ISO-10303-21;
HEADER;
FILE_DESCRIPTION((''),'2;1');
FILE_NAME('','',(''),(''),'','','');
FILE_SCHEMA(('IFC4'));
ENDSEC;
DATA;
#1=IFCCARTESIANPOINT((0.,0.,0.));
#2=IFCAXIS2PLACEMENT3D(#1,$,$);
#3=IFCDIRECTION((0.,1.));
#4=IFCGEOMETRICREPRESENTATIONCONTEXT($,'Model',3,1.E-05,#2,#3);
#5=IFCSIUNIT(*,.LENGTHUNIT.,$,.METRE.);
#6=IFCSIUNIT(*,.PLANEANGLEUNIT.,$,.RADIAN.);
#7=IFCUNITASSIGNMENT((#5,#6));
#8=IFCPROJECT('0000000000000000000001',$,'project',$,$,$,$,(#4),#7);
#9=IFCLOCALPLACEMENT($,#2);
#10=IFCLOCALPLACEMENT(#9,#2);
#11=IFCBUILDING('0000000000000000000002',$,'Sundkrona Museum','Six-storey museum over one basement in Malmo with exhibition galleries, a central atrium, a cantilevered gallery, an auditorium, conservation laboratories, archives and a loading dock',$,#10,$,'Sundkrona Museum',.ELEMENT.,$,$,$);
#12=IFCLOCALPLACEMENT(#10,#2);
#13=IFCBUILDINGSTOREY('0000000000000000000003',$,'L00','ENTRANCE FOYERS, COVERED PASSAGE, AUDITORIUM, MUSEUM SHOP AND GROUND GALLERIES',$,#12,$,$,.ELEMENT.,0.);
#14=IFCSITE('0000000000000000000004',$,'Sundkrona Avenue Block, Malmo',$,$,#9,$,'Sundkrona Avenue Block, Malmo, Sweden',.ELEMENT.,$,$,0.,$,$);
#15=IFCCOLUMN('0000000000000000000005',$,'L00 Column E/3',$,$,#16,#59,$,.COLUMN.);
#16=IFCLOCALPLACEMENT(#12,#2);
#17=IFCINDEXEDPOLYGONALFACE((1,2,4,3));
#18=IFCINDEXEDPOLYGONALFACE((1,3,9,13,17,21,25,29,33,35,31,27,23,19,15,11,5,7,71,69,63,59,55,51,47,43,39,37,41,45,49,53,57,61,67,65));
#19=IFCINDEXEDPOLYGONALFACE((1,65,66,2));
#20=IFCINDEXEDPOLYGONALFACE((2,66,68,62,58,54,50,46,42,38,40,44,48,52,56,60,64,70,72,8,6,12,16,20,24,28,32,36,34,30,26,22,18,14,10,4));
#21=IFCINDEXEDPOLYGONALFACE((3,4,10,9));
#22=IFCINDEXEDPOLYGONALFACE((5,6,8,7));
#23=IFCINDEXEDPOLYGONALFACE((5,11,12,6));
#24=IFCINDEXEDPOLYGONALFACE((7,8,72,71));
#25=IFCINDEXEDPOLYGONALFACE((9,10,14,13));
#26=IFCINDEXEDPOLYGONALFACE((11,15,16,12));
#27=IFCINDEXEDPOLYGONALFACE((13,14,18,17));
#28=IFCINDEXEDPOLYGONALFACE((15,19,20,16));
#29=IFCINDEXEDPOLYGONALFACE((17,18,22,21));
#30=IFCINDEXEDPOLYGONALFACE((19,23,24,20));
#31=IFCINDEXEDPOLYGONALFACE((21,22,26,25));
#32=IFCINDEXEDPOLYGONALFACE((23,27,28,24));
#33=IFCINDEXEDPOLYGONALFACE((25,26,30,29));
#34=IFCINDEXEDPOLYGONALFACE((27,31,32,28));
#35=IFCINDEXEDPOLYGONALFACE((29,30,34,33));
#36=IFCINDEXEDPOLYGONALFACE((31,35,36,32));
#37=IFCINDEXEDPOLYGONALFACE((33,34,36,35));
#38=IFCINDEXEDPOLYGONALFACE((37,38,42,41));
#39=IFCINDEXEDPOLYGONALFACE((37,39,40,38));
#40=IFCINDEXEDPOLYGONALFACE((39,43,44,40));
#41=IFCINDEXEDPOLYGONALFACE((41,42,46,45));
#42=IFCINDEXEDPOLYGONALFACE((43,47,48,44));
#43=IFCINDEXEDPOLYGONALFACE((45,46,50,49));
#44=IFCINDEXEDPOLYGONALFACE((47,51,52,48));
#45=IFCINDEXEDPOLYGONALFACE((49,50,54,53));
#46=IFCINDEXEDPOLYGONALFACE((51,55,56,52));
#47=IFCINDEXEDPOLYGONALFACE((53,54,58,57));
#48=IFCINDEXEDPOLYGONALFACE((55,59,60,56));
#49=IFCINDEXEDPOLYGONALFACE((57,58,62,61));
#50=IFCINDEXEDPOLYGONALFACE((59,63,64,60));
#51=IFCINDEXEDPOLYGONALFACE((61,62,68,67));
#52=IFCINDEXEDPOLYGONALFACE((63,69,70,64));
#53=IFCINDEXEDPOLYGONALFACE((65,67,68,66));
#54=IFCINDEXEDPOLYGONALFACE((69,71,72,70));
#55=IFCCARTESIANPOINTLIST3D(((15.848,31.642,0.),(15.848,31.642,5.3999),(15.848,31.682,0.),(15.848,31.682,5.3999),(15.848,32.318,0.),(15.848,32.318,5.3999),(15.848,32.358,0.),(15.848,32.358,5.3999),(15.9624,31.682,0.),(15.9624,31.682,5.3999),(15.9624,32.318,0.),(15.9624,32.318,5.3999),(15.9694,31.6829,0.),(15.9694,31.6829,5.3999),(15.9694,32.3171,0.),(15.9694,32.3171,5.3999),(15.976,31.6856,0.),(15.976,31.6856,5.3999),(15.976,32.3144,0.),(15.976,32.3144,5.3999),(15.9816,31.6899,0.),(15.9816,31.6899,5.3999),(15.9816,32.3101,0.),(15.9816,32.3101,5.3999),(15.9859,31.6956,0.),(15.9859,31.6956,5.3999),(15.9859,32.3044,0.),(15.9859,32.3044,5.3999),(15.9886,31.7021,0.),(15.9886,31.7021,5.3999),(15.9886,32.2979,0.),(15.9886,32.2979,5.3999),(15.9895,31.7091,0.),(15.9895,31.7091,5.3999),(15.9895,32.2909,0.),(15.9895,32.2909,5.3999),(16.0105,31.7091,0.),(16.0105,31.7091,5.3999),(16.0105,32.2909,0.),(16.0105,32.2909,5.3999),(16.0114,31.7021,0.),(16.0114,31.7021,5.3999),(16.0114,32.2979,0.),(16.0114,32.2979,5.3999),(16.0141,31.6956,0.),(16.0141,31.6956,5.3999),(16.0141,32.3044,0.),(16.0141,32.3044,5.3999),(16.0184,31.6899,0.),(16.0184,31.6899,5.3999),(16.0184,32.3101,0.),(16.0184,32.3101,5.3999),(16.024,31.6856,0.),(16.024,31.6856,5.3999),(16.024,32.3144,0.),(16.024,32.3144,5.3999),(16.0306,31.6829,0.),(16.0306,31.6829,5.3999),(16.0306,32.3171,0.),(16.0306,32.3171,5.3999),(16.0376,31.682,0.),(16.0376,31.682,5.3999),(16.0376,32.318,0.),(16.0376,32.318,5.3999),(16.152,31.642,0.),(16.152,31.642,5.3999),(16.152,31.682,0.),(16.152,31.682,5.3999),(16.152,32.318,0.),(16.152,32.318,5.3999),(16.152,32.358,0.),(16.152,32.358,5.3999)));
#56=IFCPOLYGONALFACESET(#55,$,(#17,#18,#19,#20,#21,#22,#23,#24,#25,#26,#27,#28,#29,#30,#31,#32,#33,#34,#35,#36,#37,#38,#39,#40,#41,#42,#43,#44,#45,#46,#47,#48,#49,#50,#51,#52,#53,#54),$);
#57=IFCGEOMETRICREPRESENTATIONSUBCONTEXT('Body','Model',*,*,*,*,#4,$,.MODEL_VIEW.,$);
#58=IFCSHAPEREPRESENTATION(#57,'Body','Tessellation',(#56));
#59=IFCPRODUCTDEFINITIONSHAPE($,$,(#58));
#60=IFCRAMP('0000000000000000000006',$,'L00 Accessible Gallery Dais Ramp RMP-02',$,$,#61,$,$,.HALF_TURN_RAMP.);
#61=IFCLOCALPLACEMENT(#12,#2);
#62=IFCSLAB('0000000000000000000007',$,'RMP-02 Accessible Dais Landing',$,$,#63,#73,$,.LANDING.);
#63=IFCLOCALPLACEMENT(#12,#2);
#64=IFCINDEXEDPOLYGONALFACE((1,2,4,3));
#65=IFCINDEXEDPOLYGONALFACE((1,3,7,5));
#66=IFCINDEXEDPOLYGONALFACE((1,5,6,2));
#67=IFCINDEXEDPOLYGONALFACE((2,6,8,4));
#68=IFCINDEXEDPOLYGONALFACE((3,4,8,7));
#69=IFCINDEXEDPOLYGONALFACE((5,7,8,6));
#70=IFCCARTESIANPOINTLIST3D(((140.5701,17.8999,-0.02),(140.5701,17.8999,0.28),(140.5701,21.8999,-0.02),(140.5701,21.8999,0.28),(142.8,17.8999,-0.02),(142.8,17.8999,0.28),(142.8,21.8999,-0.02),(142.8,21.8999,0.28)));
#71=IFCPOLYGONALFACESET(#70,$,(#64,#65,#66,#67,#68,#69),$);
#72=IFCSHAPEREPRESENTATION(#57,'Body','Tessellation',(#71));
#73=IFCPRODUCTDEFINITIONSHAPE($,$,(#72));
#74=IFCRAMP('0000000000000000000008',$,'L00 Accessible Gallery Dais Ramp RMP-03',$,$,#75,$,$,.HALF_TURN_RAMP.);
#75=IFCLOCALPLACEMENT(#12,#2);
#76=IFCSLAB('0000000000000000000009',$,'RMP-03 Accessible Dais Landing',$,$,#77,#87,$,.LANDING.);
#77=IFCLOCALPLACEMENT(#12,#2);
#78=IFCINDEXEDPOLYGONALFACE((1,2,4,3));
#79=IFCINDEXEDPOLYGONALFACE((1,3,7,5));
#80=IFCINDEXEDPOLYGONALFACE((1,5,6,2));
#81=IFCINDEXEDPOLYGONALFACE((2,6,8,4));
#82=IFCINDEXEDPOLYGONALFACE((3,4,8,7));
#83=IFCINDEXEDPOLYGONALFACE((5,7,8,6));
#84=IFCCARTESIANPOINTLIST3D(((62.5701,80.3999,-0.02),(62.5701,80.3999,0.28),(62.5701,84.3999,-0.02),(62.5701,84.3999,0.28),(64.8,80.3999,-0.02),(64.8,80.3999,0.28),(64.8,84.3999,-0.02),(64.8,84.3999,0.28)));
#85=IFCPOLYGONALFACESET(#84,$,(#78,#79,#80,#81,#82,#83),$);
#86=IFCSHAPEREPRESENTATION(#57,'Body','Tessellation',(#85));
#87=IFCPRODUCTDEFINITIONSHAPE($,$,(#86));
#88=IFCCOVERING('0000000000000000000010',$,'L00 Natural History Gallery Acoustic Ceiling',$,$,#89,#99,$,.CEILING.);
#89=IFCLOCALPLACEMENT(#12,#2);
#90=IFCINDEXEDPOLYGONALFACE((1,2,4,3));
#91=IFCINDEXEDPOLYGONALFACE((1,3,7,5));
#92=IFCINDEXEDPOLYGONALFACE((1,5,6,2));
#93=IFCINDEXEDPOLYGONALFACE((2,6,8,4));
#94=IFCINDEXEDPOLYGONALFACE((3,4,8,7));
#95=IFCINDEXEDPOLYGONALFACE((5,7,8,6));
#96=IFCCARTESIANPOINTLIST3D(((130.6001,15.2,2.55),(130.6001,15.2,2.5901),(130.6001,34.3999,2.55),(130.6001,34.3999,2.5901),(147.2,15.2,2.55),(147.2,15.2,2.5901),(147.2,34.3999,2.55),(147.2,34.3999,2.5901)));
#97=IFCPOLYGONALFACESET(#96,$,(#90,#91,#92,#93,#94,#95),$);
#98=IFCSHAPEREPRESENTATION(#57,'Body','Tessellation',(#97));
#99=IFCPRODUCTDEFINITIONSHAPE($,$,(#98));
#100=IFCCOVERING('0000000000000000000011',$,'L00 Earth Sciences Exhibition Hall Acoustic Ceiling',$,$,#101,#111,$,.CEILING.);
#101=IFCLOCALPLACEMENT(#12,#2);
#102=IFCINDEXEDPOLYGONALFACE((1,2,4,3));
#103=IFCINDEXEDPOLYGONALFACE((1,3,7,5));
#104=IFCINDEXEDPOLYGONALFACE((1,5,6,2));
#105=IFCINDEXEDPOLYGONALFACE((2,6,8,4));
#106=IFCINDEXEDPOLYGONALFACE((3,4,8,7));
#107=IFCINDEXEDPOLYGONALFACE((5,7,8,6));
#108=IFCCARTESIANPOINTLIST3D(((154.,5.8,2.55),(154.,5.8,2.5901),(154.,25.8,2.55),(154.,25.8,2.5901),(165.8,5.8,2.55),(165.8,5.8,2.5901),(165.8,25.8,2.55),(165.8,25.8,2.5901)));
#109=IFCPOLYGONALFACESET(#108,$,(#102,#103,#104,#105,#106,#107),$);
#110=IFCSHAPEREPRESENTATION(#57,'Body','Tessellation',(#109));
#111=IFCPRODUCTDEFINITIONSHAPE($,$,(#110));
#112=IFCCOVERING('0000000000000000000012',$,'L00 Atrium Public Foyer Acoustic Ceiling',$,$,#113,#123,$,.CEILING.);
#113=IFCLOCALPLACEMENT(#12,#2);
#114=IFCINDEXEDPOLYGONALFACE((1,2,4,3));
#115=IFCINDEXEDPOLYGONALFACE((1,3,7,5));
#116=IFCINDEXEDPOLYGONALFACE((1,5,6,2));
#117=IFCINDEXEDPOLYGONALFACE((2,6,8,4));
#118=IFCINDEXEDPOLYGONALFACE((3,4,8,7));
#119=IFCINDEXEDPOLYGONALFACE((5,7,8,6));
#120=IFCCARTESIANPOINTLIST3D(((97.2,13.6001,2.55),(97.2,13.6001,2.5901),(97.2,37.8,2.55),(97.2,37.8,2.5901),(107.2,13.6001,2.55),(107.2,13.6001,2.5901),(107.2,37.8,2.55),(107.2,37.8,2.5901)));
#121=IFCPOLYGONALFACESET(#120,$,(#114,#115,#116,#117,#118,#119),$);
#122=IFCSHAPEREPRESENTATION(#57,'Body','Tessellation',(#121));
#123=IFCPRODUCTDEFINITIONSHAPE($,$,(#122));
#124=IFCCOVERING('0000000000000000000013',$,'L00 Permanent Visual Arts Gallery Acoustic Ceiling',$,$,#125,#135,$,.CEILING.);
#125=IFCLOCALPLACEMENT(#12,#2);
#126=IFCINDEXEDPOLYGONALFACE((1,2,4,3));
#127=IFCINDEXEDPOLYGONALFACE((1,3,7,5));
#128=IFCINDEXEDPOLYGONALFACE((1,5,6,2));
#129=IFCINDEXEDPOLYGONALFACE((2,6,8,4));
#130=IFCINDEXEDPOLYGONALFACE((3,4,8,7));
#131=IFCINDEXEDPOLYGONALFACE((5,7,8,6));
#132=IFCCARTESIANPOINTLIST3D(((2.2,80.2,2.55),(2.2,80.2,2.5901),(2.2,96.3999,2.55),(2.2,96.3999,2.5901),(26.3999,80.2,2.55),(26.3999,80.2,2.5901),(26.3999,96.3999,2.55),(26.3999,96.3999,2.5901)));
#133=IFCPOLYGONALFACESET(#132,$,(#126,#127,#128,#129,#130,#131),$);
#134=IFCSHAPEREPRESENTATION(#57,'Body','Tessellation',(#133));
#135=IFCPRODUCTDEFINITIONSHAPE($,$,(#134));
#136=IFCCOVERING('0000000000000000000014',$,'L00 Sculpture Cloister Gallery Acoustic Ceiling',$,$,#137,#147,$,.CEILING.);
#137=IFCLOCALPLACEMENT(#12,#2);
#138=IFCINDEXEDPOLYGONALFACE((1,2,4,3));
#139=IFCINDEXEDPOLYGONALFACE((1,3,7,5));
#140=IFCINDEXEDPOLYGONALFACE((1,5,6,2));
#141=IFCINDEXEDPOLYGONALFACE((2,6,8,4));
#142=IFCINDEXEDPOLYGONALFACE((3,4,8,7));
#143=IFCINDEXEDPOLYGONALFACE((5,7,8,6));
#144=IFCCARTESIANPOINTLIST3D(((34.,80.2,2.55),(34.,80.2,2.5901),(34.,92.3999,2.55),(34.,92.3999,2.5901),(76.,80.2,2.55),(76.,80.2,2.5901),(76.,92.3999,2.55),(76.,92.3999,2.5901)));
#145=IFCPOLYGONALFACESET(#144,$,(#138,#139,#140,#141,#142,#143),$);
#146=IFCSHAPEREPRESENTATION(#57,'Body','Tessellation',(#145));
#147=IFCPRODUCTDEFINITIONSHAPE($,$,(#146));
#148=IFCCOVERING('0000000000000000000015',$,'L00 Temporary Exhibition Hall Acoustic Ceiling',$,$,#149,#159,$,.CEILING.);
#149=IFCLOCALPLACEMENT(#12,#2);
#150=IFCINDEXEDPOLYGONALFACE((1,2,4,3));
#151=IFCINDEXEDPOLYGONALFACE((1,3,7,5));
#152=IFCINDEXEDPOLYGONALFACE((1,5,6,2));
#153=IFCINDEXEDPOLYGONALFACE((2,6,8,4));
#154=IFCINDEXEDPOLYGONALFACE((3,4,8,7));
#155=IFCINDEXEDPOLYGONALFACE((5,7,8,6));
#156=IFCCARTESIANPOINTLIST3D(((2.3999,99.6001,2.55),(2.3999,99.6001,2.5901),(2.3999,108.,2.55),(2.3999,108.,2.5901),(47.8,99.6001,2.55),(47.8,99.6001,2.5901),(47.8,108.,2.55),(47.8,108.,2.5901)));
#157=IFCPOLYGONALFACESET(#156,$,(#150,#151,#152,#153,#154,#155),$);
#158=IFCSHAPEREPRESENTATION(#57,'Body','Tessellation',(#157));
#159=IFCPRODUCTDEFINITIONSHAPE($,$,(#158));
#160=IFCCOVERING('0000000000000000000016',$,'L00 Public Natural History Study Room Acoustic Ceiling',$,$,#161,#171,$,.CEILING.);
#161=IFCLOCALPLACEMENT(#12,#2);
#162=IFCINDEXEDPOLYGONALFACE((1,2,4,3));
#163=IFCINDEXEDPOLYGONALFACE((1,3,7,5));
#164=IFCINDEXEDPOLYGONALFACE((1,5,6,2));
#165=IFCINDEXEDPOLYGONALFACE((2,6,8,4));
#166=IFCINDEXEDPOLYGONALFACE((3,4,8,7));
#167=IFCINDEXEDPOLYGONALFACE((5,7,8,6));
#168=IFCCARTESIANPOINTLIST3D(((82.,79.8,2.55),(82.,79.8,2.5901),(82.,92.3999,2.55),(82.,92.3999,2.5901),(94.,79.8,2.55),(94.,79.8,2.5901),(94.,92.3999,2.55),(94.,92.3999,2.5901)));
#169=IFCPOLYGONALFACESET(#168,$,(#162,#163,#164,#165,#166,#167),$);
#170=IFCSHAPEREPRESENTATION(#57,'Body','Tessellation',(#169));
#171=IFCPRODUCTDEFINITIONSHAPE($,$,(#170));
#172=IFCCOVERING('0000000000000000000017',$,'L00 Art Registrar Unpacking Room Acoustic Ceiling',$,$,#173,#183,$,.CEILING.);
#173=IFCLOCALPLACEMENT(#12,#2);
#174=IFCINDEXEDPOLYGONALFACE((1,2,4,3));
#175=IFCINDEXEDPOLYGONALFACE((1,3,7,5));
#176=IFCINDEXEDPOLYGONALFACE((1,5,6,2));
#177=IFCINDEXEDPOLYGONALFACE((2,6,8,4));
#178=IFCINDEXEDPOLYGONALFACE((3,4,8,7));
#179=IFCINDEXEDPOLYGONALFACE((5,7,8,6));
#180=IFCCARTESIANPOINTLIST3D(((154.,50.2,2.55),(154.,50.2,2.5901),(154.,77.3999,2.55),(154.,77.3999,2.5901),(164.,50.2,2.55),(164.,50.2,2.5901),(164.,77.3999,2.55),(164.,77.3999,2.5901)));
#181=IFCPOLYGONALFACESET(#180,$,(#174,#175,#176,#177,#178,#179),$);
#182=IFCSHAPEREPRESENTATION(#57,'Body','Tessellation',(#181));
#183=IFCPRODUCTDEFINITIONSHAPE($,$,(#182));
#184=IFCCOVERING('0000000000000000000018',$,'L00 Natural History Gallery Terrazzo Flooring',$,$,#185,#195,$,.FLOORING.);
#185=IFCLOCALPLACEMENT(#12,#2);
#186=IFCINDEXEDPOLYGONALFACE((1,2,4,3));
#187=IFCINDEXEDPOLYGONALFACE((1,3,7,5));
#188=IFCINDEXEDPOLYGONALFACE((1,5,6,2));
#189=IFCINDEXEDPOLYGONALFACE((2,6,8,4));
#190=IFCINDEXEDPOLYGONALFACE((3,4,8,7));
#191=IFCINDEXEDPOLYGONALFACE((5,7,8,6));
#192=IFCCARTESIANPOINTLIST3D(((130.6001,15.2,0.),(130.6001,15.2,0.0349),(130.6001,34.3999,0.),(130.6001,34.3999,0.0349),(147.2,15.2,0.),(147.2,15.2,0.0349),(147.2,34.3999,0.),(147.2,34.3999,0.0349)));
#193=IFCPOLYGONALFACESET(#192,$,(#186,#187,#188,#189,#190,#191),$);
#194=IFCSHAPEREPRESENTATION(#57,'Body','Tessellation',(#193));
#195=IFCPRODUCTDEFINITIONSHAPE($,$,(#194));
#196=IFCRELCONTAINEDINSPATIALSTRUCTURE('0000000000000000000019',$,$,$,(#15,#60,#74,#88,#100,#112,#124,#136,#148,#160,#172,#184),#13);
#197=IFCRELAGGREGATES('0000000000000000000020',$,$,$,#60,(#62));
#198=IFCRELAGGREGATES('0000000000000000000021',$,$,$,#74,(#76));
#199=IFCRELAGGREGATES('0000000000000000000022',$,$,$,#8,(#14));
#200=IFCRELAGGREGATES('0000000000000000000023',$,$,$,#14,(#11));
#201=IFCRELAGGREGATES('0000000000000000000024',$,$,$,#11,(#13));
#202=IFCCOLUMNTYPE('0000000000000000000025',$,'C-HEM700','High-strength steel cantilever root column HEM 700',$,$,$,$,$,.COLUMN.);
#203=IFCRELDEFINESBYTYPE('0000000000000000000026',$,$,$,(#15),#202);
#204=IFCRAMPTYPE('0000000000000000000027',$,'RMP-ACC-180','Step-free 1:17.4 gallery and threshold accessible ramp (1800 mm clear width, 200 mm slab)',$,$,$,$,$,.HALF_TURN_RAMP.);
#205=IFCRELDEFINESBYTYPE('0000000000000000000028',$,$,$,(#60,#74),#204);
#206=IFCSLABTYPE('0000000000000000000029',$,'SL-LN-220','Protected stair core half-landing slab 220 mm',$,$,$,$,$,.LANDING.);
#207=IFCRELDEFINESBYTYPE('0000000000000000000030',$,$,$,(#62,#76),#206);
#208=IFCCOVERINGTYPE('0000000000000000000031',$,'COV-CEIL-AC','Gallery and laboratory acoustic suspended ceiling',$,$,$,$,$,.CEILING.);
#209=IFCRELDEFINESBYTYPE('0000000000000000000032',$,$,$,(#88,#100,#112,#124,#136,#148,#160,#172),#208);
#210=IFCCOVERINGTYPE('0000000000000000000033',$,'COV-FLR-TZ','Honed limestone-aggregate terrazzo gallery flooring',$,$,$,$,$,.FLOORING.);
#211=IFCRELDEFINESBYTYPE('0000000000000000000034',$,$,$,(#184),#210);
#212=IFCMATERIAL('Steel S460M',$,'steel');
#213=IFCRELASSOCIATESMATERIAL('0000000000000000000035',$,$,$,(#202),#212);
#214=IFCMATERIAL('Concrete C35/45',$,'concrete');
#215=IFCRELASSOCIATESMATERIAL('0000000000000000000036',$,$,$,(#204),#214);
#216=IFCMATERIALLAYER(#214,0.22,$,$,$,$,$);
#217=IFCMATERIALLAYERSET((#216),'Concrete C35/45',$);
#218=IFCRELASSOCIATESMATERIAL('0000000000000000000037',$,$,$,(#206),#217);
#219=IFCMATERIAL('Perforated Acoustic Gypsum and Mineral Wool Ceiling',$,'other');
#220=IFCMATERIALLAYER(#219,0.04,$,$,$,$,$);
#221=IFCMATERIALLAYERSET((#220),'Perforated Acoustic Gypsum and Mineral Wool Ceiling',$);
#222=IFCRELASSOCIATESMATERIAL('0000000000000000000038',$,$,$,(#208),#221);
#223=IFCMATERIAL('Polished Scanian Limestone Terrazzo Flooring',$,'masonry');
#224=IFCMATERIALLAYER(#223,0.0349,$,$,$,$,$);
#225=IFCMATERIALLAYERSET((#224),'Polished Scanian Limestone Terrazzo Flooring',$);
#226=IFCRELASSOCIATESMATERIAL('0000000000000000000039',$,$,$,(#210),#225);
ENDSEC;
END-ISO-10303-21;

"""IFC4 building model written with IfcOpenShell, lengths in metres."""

from ifc_helpers import new_model, si_unit, direction, frame, origin, origin_2d, place, context, subcontext, project, spatial, polyline, i_section, outline, extrude, material, layer, layer_set, material_profile, profile_set, type_object, element, aggregate, save


model = new_model("IFC4")

# Units and contexts
model_context = context("Model", 3, precision=1e-05, world=origin(), true_north=direction((0.0, 1.0)))
body_context = subcontext(model_context, "Body", "Model", "MODEL_VIEW")
ifc_project = project(units=[si_unit("LENGTHUNIT", "METRE"), si_unit("PLANEANGLEUNIT", "RADIAN")], contexts=[model_context])

# Site, building, storey
site_placement = place(None, origin())
site = spatial("IfcSite", under=ifc_project, at=site_placement, Name="Sundkrona Avenue Block, Malmo", LongName="Sundkrona Avenue Block, Malmo, Sweden", CompositionType="ELEMENT", RefElevation=0.0)
building_placement = place(site_placement, origin())
building = spatial("IfcBuilding", under=site, at=building_placement, Name="Sundkrona Museum", Description="Six-storey museum over one basement in Malmo with exhibition galleries, a central atrium, a cantilevered gallery, an auditorium, conservation laboratories, archives and a loading dock", LongName="Sundkrona Museum", CompositionType="ELEMENT")
storey_placement = place(building_placement, origin())
storey = spatial("IfcBuildingStorey", under=building, at=storey_placement, Name="L00", Description="ENTRANCE FOYERS, COVERED PASSAGE, AUDITORIUM, MUSEUM SHOP AND GROUND GALLERIES", CompositionType="ELEMENT", Elevation=0.0)

# Column
ifc_material_1 = material(Name="Steel S460M", Category="steel")
ifc_material_profile = material_profile(ifc_material_1, i_section(OverallWidth=0.304, OverallDepth=0.7161, WebThickness=0.021, FlangeThickness=0.04, FilletRadius=0.0271, at=origin_2d()), Name="HEM 700")
ifc_profile_set = profile_set([ifc_material_profile], Name="Steel S460M")
column_type = type_object("IfcColumnType", Name="C-HEM700", Description="High-strength steel cantilever root column HEM 700", PredefinedType="COLUMN", material=ifc_profile_set)
column_placement = place(storey_placement, frame((16.0, 32.0, 0.0), z_axis=(0.0, 0.0, 1.0), x_axis=(1.0, 0.0, 0.0)))
element("IfcColumn", 1, at=column_placement, inside=storey, type_object=column_type, Name="L00 Column E/3", PredefinedType="COLUMN", context=body_context, shape_type="SweptSolid", body=[
    extrude(i_section(OverallWidth=0.304, OverallDepth=0.7161, WebThickness=0.021, FlangeThickness=0.04, FilletRadius=0.0271, at=origin_2d()), origin(), (0.0, 0.0, 1.0), 5.3999),
])

# Ramps, slabs
ifc_material_2 = material(Name="Concrete C35/45", Category="concrete")
ramp_type = type_object("IfcRampType", Name="RMP-ACC-180", Description="Step-free 1:17.4 gallery and threshold accessible ramp (1800 mm clear width, 200 mm slab)", PredefinedType="HALF_TURN_RAMP", material=ifc_material_2)
ramp_1_placement = place(storey_placement, origin())
ramp_1 = element("IfcRamp", 2, at=ramp_1_placement, inside=storey, type_object=ramp_type, Name="L00 Accessible Gallery Dais Ramp RMP-02", PredefinedType="HALF_TURN_RAMP")
ifc_layer_1 = layer(ifc_material_2, 0.22)
ifc_layer_set_1 = layer_set([ifc_layer_1], Name="Concrete C35/45")
slab_type = type_object("IfcSlabType", Name="SL-LN-220", Description="Protected stair core half-landing slab 220 mm", PredefinedType="LANDING", material=ifc_layer_set_1)
slab_1_placement = place(storey_placement, frame((0.0, 0.0, -0.02)))
slab_1 = element("IfcSlab", 3, at=slab_1_placement, type_object=slab_type, Name="RMP-02 Accessible Dais Landing", PredefinedType="LANDING", context=body_context, shape_type="SweptSolid", body=[
    extrude(outline(polyline([(140.5701, 17.8999), (142.8, 17.8999), (142.8, 21.8999), (140.5701, 21.8999), (140.5701, 17.8999)])), origin(), (0.0, 0.0, 1.0), 0.3),
])
aggregate(ramp_1, [slab_1])
ramp_2_placement = place(storey_placement, origin())
ramp_2 = element("IfcRamp", 4, at=ramp_2_placement, inside=storey, type_object=ramp_type, Name="L00 Accessible Gallery Dais Ramp RMP-03", PredefinedType="HALF_TURN_RAMP")
slab_2_placement = place(storey_placement, frame((0.0, 0.0, -0.02)))
slab_2 = element("IfcSlab", 5, at=slab_2_placement, type_object=slab_type, Name="RMP-03 Accessible Dais Landing", PredefinedType="LANDING", context=body_context, shape_type="SweptSolid", body=[
    extrude(outline(polyline([(62.5701, 80.3999), (64.8, 80.3999), (64.8, 84.3999), (62.5701, 84.3999), (62.5701, 80.3999)])), origin(), (0.0, 0.0, 1.0), 0.3),
])
aggregate(ramp_2, [slab_2])

# Coverings
ifc_material_3 = material(Name="Perforated Acoustic Gypsum and Mineral Wool Ceiling", Category="other")
ifc_layer_2 = layer(ifc_material_3, 0.04)
ifc_layer_set_2 = layer_set([ifc_layer_2], Name="Perforated Acoustic Gypsum and Mineral Wool Ceiling")
covering_type_1 = type_object("IfcCoveringType", Name="COV-CEIL-AC", Description="Gallery and laboratory acoustic suspended ceiling", PredefinedType="CEILING", material=ifc_layer_set_2)
covering_1_placement = place(storey_placement, frame((0.0, 0.0, 2.55)))
element("IfcCovering", 6, at=covering_1_placement, inside=storey, type_object=covering_type_1, Name="L00 Natural History Gallery Acoustic Ceiling", PredefinedType="CEILING", context=body_context, shape_type="SweptSolid", body=[
    extrude(outline(polyline([(130.6001, 15.2), (147.2, 15.2), (147.2, 34.3999), (130.6001, 34.3999), (130.6001, 15.2)])), origin(), (0.0, 0.0, 1.0), 0.04),
])
covering_2_placement = place(storey_placement, frame((0.0, 0.0, 2.55)))
element("IfcCovering", 7, at=covering_2_placement, inside=storey, type_object=covering_type_1, Name="L00 Earth Sciences Exhibition Hall Acoustic Ceiling", PredefinedType="CEILING", context=body_context, shape_type="SweptSolid", body=[
    extrude(outline(polyline([(154.0, 5.8), (165.8, 5.8), (165.8, 25.8), (154.0, 25.8), (154.0, 5.8)])), origin(), (0.0, 0.0, 1.0), 0.04),
])
covering_3_placement = place(storey_placement, frame((0.0, 0.0, 2.55)))
element("IfcCovering", 8, at=covering_3_placement, inside=storey, type_object=covering_type_1, Name="L00 Atrium Public Foyer Acoustic Ceiling", PredefinedType="CEILING", context=body_context, shape_type="SweptSolid", body=[
    extrude(outline(polyline([(97.2, 13.6001), (107.2, 13.6001), (107.2, 37.8), (97.2, 37.8), (97.2, 13.6001)])), origin(), (0.0, 0.0, 1.0), 0.04),
])
covering_4_placement = place(storey_placement, frame((0.0, 0.0, 2.55)))
element("IfcCovering", 9, at=covering_4_placement, inside=storey, type_object=covering_type_1, Name="L00 Permanent Visual Arts Gallery Acoustic Ceiling", PredefinedType="CEILING", context=body_context, shape_type="SweptSolid", body=[
    extrude(outline(polyline([(2.2, 80.2), (26.3999, 80.2), (26.3999, 96.3999), (2.2, 96.3999), (2.2, 80.2)])), origin(), (0.0, 0.0, 1.0), 0.04),
])
covering_5_placement = place(storey_placement, frame((0.0, 0.0, 2.55)))
element("IfcCovering", 10, at=covering_5_placement, inside=storey, type_object=covering_type_1, Name="L00 Sculpture Cloister Gallery Acoustic Ceiling", PredefinedType="CEILING", context=body_context, shape_type="SweptSolid", body=[
    extrude(outline(polyline([(34.0, 80.2), (76.0, 80.2), (76.0, 92.3999), (34.0, 92.3999), (34.0, 80.2)])), origin(), (0.0, 0.0, 1.0), 0.04),
])
covering_6_placement = place(storey_placement, frame((0.0, 0.0, 2.55)))
element("IfcCovering", 11, at=covering_6_placement, inside=storey, type_object=covering_type_1, Name="L00 Temporary Exhibition Hall Acoustic Ceiling", PredefinedType="CEILING", context=body_context, shape_type="SweptSolid", body=[
    extrude(outline(polyline([(2.3999, 99.6001), (47.8, 99.6001), (47.8, 108.0), (2.3999, 108.0), (2.3999, 99.6001)])), origin(), (0.0, 0.0, 1.0), 0.04),
])
covering_7_placement = place(storey_placement, frame((0.0, 0.0, 2.55)))
element("IfcCovering", 12, at=covering_7_placement, inside=storey, type_object=covering_type_1, Name="L00 Public Natural History Study Room Acoustic Ceiling", PredefinedType="CEILING", context=body_context, shape_type="SweptSolid", body=[
    extrude(outline(polyline([(82.0, 79.8), (94.0, 79.8), (94.0, 92.3999), (82.0, 92.3999), (82.0, 79.8)])), origin(), (0.0, 0.0, 1.0), 0.04),
])
covering_8_placement = place(storey_placement, frame((0.0, 0.0, 2.55)))
element("IfcCovering", 13, at=covering_8_placement, inside=storey, type_object=covering_type_1, Name="L00 Art Registrar Unpacking Room Acoustic Ceiling", PredefinedType="CEILING", context=body_context, shape_type="SweptSolid", body=[
    extrude(outline(polyline([(154.0, 50.2), (164.0, 50.2), (164.0, 77.3999), (154.0, 77.3999), (154.0, 50.2)])), origin(), (0.0, 0.0, 1.0), 0.04),
])
ifc_material_4 = material(Name="Polished Scanian Limestone Terrazzo Flooring", Category="masonry")
ifc_layer_3 = layer(ifc_material_4, 0.0349)
ifc_layer_set_3 = layer_set([ifc_layer_3], Name="Polished Scanian Limestone Terrazzo Flooring")
covering_type_2 = type_object("IfcCoveringType", Name="COV-FLR-TZ", Description="Honed limestone-aggregate terrazzo gallery flooring", PredefinedType="FLOORING", material=ifc_layer_set_3)
covering_9_placement = place(storey_placement, origin())
element("IfcCovering", 14, at=covering_9_placement, inside=storey, type_object=covering_type_2, Name="L00 Natural History Gallery Terrazzo Flooring", PredefinedType="FLOORING", context=body_context, shape_type="SweptSolid", body=[
    extrude(outline(polyline([(130.6001, 15.2), (147.2, 15.2), (147.2, 34.3999), (130.6001, 34.3999), (130.6001, 15.2)])), origin(), (0.0, 0.0, 1.0), 0.0349),
])

save(model, "model.ifc")
